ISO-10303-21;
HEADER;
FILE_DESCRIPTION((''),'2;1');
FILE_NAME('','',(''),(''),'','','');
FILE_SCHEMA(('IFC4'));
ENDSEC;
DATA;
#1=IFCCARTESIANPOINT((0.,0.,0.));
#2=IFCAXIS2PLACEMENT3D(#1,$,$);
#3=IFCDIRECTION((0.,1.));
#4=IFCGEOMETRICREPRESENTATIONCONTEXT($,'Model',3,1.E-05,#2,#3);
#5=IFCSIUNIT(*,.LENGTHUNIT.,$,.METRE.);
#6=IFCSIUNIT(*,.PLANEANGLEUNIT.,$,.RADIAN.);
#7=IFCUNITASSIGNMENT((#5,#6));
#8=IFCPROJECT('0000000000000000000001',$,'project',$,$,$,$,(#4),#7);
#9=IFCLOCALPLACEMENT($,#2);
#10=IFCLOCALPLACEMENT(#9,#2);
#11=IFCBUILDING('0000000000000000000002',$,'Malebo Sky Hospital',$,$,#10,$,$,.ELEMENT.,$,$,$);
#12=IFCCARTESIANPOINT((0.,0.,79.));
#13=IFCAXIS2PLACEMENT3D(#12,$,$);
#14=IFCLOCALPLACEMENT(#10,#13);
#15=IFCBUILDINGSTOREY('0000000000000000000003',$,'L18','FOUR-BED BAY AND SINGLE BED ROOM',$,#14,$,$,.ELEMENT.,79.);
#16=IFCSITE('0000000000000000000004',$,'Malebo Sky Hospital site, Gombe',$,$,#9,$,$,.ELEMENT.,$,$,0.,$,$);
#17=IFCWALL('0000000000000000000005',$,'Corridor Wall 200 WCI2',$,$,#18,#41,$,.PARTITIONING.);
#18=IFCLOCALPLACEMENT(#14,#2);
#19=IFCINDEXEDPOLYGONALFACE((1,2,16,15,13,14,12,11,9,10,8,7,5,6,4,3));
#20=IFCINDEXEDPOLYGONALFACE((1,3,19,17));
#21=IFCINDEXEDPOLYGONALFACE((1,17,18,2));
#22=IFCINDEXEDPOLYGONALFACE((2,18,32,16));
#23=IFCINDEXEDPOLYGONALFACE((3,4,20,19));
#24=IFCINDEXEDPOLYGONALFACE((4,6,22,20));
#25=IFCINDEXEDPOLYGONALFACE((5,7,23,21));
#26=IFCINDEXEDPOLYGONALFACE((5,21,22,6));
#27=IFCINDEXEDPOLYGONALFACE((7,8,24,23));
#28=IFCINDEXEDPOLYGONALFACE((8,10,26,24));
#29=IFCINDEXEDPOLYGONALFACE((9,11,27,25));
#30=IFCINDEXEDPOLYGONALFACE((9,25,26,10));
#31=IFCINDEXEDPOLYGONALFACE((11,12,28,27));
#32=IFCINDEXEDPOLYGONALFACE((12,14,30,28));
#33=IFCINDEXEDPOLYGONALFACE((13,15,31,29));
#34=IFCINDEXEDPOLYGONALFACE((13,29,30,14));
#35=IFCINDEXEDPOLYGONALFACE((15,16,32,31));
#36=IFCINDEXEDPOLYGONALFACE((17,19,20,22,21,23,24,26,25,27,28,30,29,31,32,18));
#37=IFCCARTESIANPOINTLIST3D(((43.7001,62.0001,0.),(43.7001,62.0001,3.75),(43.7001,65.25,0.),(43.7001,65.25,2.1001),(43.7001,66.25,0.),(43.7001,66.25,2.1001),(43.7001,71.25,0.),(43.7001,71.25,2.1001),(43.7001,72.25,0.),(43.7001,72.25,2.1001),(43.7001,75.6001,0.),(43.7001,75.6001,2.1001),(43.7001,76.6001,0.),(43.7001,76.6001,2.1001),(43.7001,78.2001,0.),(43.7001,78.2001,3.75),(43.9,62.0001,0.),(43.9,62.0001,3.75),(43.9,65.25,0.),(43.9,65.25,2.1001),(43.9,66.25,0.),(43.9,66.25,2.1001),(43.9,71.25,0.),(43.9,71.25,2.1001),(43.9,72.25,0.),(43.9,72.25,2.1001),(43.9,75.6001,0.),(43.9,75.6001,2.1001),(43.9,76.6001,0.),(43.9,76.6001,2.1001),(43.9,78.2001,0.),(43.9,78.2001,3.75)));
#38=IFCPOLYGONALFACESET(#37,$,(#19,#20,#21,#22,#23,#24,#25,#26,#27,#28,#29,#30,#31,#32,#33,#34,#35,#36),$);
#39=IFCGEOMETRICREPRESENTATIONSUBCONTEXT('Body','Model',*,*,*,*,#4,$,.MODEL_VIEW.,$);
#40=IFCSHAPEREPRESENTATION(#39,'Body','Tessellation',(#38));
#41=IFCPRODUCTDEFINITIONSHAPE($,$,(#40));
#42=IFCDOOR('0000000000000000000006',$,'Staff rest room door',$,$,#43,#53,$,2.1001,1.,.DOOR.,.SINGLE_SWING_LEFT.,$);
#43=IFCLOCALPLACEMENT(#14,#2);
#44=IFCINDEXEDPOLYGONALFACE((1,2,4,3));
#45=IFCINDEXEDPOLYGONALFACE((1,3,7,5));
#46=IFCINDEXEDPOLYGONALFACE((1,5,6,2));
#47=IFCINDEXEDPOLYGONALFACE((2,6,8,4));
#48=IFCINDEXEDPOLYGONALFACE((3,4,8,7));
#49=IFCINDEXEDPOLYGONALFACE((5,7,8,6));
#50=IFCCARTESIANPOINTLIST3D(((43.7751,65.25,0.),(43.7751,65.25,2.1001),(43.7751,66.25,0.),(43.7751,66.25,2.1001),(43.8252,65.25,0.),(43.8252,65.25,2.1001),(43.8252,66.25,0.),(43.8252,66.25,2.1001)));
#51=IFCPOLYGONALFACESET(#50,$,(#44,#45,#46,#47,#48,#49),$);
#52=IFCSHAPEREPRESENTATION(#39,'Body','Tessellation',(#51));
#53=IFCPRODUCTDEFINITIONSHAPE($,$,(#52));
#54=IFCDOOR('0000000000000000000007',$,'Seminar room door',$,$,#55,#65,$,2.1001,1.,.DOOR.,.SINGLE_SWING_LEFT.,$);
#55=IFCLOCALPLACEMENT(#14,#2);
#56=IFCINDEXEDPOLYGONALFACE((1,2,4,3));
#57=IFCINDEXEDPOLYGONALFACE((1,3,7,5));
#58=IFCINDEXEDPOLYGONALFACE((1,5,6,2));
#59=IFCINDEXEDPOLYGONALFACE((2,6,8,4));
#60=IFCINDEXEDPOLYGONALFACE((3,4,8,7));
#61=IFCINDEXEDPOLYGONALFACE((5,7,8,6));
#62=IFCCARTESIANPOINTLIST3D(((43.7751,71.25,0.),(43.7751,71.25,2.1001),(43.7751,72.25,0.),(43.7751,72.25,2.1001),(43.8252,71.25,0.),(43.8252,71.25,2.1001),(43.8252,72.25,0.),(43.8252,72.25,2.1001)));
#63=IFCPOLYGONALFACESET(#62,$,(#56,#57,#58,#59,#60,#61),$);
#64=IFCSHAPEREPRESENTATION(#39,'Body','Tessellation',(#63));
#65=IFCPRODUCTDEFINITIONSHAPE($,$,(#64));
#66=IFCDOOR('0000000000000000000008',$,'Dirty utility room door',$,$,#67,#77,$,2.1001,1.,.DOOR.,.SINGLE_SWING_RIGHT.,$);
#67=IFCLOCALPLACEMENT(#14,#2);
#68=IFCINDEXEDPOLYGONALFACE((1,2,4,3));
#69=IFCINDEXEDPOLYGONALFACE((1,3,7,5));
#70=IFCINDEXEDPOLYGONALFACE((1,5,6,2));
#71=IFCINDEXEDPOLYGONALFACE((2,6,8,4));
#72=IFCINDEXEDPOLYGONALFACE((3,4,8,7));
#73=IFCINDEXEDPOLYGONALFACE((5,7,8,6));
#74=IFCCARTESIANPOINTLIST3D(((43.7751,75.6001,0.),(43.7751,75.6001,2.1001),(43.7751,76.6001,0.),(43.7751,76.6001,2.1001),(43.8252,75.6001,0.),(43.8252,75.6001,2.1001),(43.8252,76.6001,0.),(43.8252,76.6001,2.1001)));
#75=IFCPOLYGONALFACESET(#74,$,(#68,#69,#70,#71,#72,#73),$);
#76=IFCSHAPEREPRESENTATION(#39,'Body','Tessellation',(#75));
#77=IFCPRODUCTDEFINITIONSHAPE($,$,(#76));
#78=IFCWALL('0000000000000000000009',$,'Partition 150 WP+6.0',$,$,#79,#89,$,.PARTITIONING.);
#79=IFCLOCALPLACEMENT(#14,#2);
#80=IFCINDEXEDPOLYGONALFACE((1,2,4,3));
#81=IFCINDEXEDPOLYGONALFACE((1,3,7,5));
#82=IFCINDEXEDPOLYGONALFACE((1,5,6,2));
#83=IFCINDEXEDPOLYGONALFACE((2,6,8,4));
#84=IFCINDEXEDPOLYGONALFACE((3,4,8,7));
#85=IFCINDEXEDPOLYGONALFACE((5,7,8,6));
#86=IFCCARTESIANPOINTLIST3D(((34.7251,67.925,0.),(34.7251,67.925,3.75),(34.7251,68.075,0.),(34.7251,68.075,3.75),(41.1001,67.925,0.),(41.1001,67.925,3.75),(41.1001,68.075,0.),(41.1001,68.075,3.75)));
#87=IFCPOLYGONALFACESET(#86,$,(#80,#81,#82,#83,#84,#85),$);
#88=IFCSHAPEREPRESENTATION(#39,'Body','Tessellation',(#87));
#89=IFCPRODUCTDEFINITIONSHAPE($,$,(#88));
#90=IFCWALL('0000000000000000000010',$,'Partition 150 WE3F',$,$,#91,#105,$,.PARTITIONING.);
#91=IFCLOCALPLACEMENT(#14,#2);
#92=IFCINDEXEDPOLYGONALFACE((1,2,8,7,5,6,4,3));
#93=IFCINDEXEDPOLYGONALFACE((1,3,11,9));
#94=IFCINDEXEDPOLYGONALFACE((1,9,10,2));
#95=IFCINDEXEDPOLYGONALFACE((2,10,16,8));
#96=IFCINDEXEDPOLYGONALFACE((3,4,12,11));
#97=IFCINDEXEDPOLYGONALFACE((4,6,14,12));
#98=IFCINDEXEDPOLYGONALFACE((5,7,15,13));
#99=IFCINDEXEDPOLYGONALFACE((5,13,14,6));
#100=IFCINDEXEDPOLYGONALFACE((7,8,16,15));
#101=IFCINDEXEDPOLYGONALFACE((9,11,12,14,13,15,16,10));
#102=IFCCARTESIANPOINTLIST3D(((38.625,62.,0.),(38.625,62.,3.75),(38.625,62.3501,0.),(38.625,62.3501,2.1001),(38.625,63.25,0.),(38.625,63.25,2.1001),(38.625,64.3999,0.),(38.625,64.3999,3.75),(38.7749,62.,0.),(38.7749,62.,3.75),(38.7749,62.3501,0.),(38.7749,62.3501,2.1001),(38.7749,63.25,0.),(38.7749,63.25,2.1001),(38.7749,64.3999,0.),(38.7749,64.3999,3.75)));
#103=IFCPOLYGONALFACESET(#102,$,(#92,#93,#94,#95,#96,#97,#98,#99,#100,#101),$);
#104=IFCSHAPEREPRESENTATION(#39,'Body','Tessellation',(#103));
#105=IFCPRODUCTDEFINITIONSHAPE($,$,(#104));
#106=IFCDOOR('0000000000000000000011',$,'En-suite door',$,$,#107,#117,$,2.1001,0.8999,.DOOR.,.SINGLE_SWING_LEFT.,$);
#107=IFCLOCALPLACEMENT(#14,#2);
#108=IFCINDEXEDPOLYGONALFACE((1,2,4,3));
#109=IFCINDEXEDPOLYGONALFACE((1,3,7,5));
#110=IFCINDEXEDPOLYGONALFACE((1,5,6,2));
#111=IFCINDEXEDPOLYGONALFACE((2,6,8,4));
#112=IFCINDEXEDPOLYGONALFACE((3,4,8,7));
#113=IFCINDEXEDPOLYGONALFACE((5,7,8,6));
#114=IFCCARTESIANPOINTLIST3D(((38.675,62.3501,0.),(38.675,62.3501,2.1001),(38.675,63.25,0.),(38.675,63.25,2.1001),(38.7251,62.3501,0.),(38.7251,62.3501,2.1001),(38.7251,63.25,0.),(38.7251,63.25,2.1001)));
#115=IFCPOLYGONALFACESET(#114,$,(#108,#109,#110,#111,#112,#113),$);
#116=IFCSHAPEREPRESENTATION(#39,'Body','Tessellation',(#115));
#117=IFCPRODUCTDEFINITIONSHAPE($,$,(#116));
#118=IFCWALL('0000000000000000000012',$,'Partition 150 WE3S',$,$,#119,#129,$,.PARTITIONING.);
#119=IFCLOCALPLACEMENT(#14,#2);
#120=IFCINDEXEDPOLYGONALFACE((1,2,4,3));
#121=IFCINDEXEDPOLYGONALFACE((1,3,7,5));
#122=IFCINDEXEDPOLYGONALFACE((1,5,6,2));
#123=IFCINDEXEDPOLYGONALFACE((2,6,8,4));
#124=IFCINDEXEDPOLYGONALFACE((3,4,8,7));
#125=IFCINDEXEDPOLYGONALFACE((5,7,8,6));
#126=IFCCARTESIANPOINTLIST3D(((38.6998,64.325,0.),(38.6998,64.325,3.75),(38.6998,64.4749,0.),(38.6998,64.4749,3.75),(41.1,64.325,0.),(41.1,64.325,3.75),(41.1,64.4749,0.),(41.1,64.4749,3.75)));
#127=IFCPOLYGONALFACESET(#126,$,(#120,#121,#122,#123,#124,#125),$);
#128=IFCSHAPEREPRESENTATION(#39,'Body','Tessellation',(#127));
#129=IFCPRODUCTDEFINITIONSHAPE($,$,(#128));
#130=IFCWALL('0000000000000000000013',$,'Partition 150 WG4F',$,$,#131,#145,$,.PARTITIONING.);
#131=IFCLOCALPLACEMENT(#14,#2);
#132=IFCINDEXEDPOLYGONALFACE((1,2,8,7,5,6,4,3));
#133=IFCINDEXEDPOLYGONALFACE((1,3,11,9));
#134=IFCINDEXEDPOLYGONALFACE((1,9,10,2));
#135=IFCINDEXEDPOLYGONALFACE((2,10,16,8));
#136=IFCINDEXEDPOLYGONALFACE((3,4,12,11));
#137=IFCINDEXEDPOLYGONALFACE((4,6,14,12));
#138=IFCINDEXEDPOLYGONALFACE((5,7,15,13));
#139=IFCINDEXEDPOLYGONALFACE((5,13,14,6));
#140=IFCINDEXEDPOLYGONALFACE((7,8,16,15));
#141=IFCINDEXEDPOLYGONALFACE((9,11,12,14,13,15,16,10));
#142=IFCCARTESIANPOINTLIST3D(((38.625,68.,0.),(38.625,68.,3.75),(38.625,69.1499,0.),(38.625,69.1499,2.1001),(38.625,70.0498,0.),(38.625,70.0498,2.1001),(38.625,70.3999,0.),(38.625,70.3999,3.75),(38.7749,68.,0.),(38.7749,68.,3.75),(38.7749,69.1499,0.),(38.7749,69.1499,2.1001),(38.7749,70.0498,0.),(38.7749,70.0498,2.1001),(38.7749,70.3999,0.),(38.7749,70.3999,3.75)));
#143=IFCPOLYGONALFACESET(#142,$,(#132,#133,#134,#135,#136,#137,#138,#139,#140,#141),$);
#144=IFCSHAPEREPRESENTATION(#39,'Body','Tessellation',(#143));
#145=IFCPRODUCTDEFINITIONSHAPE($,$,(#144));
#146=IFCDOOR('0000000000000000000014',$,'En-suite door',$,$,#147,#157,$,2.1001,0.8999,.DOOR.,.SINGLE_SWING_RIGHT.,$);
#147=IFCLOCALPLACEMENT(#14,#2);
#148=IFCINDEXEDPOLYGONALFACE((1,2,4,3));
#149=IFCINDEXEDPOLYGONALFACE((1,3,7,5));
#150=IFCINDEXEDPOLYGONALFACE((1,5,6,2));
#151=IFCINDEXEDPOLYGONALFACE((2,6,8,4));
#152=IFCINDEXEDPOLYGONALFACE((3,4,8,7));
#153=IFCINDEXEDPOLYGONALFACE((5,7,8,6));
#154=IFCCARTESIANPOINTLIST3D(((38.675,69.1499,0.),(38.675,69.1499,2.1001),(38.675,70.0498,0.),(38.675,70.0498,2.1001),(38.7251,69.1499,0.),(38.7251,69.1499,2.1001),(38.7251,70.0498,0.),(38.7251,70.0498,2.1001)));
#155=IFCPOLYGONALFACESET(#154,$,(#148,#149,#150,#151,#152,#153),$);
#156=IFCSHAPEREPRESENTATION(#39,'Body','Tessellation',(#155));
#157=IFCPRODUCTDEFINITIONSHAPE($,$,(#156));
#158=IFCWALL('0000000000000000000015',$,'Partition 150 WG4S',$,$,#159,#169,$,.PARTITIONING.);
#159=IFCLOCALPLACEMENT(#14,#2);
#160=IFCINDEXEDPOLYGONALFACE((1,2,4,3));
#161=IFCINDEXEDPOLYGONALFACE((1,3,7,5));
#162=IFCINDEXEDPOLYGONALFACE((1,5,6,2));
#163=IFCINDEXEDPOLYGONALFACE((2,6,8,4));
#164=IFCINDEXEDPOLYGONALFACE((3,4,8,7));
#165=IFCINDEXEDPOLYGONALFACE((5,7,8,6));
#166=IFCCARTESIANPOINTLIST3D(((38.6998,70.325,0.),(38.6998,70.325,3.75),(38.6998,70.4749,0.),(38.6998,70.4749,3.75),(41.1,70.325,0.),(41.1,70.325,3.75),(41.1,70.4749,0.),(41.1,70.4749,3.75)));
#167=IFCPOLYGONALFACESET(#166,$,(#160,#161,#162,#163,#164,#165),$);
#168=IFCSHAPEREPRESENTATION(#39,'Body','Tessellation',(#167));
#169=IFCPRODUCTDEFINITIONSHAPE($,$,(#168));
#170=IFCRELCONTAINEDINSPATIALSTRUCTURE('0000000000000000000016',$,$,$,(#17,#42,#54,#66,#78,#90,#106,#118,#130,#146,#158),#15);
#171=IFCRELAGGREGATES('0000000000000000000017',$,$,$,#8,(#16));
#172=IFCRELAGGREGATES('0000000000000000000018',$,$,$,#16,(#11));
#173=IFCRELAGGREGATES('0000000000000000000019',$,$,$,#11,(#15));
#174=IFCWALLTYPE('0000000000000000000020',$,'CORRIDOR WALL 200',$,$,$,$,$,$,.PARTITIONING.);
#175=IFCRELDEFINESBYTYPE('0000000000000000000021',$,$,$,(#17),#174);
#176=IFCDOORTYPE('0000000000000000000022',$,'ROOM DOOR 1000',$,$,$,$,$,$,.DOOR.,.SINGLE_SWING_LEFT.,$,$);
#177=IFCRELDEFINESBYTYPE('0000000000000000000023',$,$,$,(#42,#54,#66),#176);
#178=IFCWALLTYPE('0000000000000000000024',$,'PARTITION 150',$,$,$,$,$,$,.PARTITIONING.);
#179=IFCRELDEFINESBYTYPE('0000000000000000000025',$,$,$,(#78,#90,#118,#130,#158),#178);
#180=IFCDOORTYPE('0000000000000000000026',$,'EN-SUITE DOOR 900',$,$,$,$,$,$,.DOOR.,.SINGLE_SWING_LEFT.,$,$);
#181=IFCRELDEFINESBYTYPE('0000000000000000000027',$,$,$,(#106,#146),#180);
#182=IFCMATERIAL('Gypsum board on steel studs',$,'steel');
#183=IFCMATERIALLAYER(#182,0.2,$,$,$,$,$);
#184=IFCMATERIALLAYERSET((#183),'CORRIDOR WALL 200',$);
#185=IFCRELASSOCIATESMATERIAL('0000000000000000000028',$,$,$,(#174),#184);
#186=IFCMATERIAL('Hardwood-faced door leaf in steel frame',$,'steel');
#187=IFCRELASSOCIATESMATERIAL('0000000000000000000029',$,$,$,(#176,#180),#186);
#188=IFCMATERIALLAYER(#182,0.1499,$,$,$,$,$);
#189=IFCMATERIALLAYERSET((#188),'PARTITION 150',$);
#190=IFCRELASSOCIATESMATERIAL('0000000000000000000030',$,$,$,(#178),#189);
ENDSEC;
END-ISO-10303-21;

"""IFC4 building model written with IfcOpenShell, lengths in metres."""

from ifc_helpers import new_model, si_unit, direction, frame, frame_2d, origin, place, context, subcontext, project, spatial, rectangle, extrude, material, layer, layer_set, type_object, element, fill, save


model = new_model("IFC4")

# Units and contexts
model_context = context("Model", 3, precision=1e-05, world=origin(), true_north=direction((0.0, 1.0)))
body_context = subcontext(model_context, "Body", "Model", "MODEL_VIEW")
ifc_project = project(units=[si_unit("LENGTHUNIT", "METRE"), si_unit("PLANEANGLEUNIT", "RADIAN")], contexts=[model_context])

# Site, building, storey
site_placement = place(None, origin())
site = spatial("IfcSite", under=ifc_project, at=site_placement, Name="Malebo Sky Hospital site, Gombe", CompositionType="ELEMENT", RefElevation=0.0)
building_placement = place(site_placement, origin())
building = spatial("IfcBuilding", under=site, at=building_placement, Name="Malebo Sky Hospital", CompositionType="ELEMENT")
storey_placement = place(building_placement, frame((0.0, 0.0, 79.0)))
storey = spatial("IfcBuildingStorey", under=building, at=storey_placement, Name="L18", Description="FOUR-BED BAY AND SINGLE BED ROOM", CompositionType="ELEMENT", Elevation=79.0)

# Wall, openings, doors
ifc_material_1 = material(Name="Gypsum board on steel studs", Category="steel")
ifc_layer_1 = layer(ifc_material_1, 0.2)
ifc_layer_set_1 = layer_set([ifc_layer_1], Name="CORRIDOR WALL 200")
wall_type_1 = type_object("IfcWallType", Name="CORRIDOR WALL 200", PredefinedType="PARTITIONING", material=ifc_layer_set_1)
wall_1_placement = place(storey_placement, frame((43.8, 62.0, 0.0), z_axis=(0.0, 0.0, 1.0), x_axis=(0.0, 1.0, 0.0)))
wall_1 = element("IfcWall", 1, at=wall_1_placement, inside=storey, type_object=wall_type_1, Name="Corridor Wall 200 WCI2", PredefinedType="PARTITIONING", context=body_context, shape_type="SweptSolid", body=[
    extrude(rectangle(XDim=16.2, YDim=0.2, at=frame_2d((8.1001, 0.0))), origin(), (0.0, 0.0, 1.0), 3.75),
])
opening_1_placement = place(wall_1_placement, frame((3.25, 0.0, 0.0)))
opening_1 = element("IfcOpeningElement", 2, at=opening_1_placement, cuts=wall_1, PredefinedType="OPENING", context=body_context, shape_type="SweptSolid", body=[
    extrude(rectangle(XDim=1.0, YDim=2.1001, at=frame_2d((0.5, 1.05))), frame((0.0, 0.1099, 0.0), z_axis=(0.0, -1.0, 0.0), x_axis=(1.0, 0.0, 0.0)), (0.0, 0.0, 1.0), 0.22),
])
opening_2_placement = place(wall_1_placement, frame((9.25, 0.0, 0.0)))
opening_2 = element("IfcOpeningElement", 3, at=opening_2_placement, cuts=wall_1, PredefinedType="OPENING", context=body_context, shape_type="SweptSolid", body=[
    extrude(rectangle(XDim=1.0, YDim=2.1001, at=frame_2d((0.5, 1.05))), frame((0.0, 0.1099, 0.0), z_axis=(0.0, -1.0, 0.0), x_axis=(1.0, 0.0, 0.0)), (0.0, 0.0, 1.0), 0.22),
])
opening_3_placement = place(wall_1_placement, frame((13.6001, 0.0, 0.0)))
opening_3 = element("IfcOpeningElement", 4, at=opening_3_placement, cuts=wall_1, PredefinedType="OPENING", context=body_context, shape_type="SweptSolid", body=[
    extrude(rectangle(XDim=1.0, YDim=2.1001, at=frame_2d((0.5, 1.05))), frame((0.0, 0.1099, 0.0), z_axis=(0.0, -1.0, 0.0), x_axis=(1.0, 0.0, 0.0)), (0.0, 0.0, 1.0), 0.22),
])
ifc_material_2 = material(Name="Hardwood-faced door leaf in steel frame", Category="steel")
door_type_1 = type_object("IfcDoorType", Name="ROOM DOOR 1000", OperationType="SINGLE_SWING_LEFT", PredefinedType="DOOR", material=ifc_material_2)
door_1_placement = place(opening_1_placement, origin())
door_1 = element("IfcDoor", 5, at=door_1_placement, inside=storey, type_object=door_type_1, Name="Staff rest room door", OperationType="SINGLE_SWING_LEFT", OverallHeight=2.1001, OverallWidth=1.0, PredefinedType="DOOR", context=body_context, shape_type="SweptSolid", body=[
    extrude(rectangle(XDim=1.0, YDim=2.1001, at=frame_2d((0.5, 1.05))), frame((0.0, 0.0249, 0.0), z_axis=(0.0, -1.0, 0.0), x_axis=(1.0, 0.0, 0.0)), (0.0, 0.0, 1.0), 0.05),
])
fill(opening_1, door_1)
door_2_placement = place(opening_2_placement, origin())
door_2 = element("IfcDoor", 6, at=door_2_placement, inside=storey, type_object=door_type_1, Name="Seminar room door", OperationType="SINGLE_SWING_LEFT", OverallHeight=2.1001, OverallWidth=1.0, PredefinedType="DOOR", context=body_context, shape_type="SweptSolid", body=[
    extrude(rectangle(XDim=1.0, YDim=2.1001, at=frame_2d((0.5, 1.05))), frame((0.0, 0.0249, 0.0), z_axis=(0.0, -1.0, 0.0), x_axis=(1.0, 0.0, 0.0)), (0.0, 0.0, 1.0), 0.05),
])
fill(opening_2, door_2)
door_3_placement = place(opening_3_placement, origin())
door_3 = element("IfcDoor", 7, at=door_3_placement, inside=storey, type_object=door_type_1, Name="Dirty utility room door", OperationType="SINGLE_SWING_RIGHT", OverallHeight=2.1001, OverallWidth=1.0, PredefinedType="DOOR", context=body_context, shape_type="SweptSolid", body=[
    extrude(rectangle(XDim=1.0, YDim=2.1001, at=frame_2d((0.5, 1.05))), frame((0.0, 0.0249, 0.0), z_axis=(0.0, -1.0, 0.0), x_axis=(1.0, 0.0, 0.0)), (0.0, 0.0, 1.0), 0.05),
])
fill(opening_3, door_3)

# Wall
ifc_layer_2 = layer(ifc_material_1, 0.1499)
ifc_layer_set_2 = layer_set([ifc_layer_2], Name="PARTITION 150")
wall_type_2 = type_object("IfcWallType", Name="PARTITION 150", PredefinedType="PARTITIONING", material=ifc_layer_set_2)
wall_2_placement = place(storey_placement, frame((41.1001, 68.0, 0.0), z_axis=(0.0, 0.0, 1.0), x_axis=(-1.0, 0.0, 0.0)))
element("IfcWall", 8, at=wall_2_placement, inside=storey, type_object=wall_type_2, Name="Partition 150 WP+6.0", PredefinedType="PARTITIONING", context=body_context, shape_type="SweptSolid", body=[
    extrude(rectangle(XDim=6.375, YDim=0.1499, at=frame_2d((3.1875, 0.0))), origin(), (0.0, 0.0, 1.0), 3.75),
])

# Wall, opening, door
wall_3_placement = place(storey_placement, frame((38.7, 62.0, 0.0), z_axis=(0.0, 0.0, 1.0), x_axis=(0.0, 1.0, 0.0)))
wall_3 = element("IfcWall", 9, at=wall_3_placement, inside=storey, type_object=wall_type_2, Name="Partition 150 WE3F", PredefinedType="PARTITIONING", context=body_context, shape_type="SweptSolid", body=[
    extrude(rectangle(XDim=2.3999, YDim=0.1499, at=frame_2d((1.2, 0.0))), origin(), (0.0, 0.0, 1.0), 3.75),
])
opening_4_placement = place(wall_3_placement, frame((0.3501, 0.0, 0.0)))
opening_4 = element("IfcOpeningElement", 10, at=opening_4_placement, cuts=wall_3, PredefinedType="OPENING", context=body_context, shape_type="SweptSolid", body=[
    extrude(rectangle(XDim=0.8999, YDim=2.1001, at=frame_2d((0.45, 1.05))), frame((0.0, 0.085, 0.0), z_axis=(0.0, -1.0, 0.0), x_axis=(1.0, 0.0, 0.0)), (0.0, 0.0, 1.0), 0.1699),
])
door_type_2 = type_object("IfcDoorType", Name="EN-SUITE DOOR 900", OperationType="SINGLE_SWING_LEFT", PredefinedType="DOOR", material=ifc_material_2)
door_4_placement = place(opening_4_placement, origin())
door_4 = element("IfcDoor", 11, at=door_4_placement, inside=storey, type_object=door_type_2, Name="En-suite door", OperationType="SINGLE_SWING_LEFT", OverallHeight=2.1001, OverallWidth=0.8999, PredefinedType="DOOR", context=body_context, shape_type="SweptSolid", body=[
    extrude(rectangle(XDim=0.8999, YDim=2.1001, at=frame_2d((0.45, 1.05))), frame((0.0, 0.0249, 0.0), z_axis=(0.0, -1.0, 0.0), x_axis=(1.0, 0.0, 0.0)), (0.0, 0.0, 1.0), 0.05),
])
fill(opening_4, door_4)

# Wall
wall_4_placement = place(storey_placement, frame((41.1001, 64.3999, 0.0), z_axis=(0.0, 0.0, 1.0), x_axis=(-1.0, 0.0, 0.0)))
element("IfcWall", 12, at=wall_4_placement, inside=storey, type_object=wall_type_2, Name="Partition 150 WE3S", PredefinedType="PARTITIONING", context=body_context, shape_type="SweptSolid", body=[
    extrude(rectangle(XDim=2.4001, YDim=0.1499, at=frame_2d((1.2002, 0.0))), origin(), (0.0, 0.0, 1.0), 3.75),
])

# Wall, opening, door
wall_5_placement = place(storey_placement, frame((38.7, 68.0, 0.0), z_axis=(0.0, 0.0, 1.0), x_axis=(0.0, 1.0, 0.0)))
wall_5 = element("IfcWall", 13, at=wall_5_placement, inside=storey, type_object=wall_type_2, Name="Partition 150 WG4F", PredefinedType="PARTITIONING", context=body_context, shape_type="SweptSolid", body=[
    extrude(rectangle(XDim=2.3999, YDim=0.1499, at=frame_2d((1.2, 0.0))), origin(), (0.0, 0.0, 1.0), 3.75),
])
opening_5_placement = place(wall_5_placement, frame((1.1499, 0.0, 0.0)))
opening_5 = element("IfcOpeningElement", 14, at=opening_5_placement, cuts=wall_5, PredefinedType="OPENING", context=body_context, shape_type="SweptSolid", body=[
    extrude(rectangle(XDim=0.8999, YDim=2.1001, at=frame_2d((0.45, 1.05))), frame((0.0, 0.085, 0.0), z_axis=(0.0, -1.0, 0.0), x_axis=(1.0, 0.0, 0.0)), (0.0, 0.0, 1.0), 0.1699),
])
door_5_placement = place(opening_5_placement, origin())
door_5 = element("IfcDoor", 15, at=door_5_placement, inside=storey, type_object=door_type_2, Name="En-suite door", OperationType="SINGLE_SWING_RIGHT", OverallHeight=2.1001, OverallWidth=0.8999, PredefinedType="DOOR", context=body_context, shape_type="SweptSolid", body=[
    extrude(rectangle(XDim=0.8999, YDim=2.1001, at=frame_2d((0.45, 1.05))), frame((0.0, 0.0249, 0.0), z_axis=(0.0, -1.0, 0.0), x_axis=(1.0, 0.0, 0.0)), (0.0, 0.0, 1.0), 0.05),
])
fill(opening_5, door_5)

# Wall
wall_6_placement = place(storey_placement, frame((41.1001, 70.3999, 0.0), z_axis=(0.0, 0.0, 1.0), x_axis=(-1.0, 0.0, 0.0)))
element("IfcWall", 16, at=wall_6_placement, inside=storey, type_object=wall_type_2, Name="Partition 150 WG4S", PredefinedType="PARTITIONING", context=body_context, shape_type="SweptSolid", body=[
    extrude(rectangle(XDim=2.4001, YDim=0.1499, at=frame_2d((1.2002, 0.0))), origin(), (0.0, 0.0, 1.0), 3.75),
])

save(model, "model.ifc")
